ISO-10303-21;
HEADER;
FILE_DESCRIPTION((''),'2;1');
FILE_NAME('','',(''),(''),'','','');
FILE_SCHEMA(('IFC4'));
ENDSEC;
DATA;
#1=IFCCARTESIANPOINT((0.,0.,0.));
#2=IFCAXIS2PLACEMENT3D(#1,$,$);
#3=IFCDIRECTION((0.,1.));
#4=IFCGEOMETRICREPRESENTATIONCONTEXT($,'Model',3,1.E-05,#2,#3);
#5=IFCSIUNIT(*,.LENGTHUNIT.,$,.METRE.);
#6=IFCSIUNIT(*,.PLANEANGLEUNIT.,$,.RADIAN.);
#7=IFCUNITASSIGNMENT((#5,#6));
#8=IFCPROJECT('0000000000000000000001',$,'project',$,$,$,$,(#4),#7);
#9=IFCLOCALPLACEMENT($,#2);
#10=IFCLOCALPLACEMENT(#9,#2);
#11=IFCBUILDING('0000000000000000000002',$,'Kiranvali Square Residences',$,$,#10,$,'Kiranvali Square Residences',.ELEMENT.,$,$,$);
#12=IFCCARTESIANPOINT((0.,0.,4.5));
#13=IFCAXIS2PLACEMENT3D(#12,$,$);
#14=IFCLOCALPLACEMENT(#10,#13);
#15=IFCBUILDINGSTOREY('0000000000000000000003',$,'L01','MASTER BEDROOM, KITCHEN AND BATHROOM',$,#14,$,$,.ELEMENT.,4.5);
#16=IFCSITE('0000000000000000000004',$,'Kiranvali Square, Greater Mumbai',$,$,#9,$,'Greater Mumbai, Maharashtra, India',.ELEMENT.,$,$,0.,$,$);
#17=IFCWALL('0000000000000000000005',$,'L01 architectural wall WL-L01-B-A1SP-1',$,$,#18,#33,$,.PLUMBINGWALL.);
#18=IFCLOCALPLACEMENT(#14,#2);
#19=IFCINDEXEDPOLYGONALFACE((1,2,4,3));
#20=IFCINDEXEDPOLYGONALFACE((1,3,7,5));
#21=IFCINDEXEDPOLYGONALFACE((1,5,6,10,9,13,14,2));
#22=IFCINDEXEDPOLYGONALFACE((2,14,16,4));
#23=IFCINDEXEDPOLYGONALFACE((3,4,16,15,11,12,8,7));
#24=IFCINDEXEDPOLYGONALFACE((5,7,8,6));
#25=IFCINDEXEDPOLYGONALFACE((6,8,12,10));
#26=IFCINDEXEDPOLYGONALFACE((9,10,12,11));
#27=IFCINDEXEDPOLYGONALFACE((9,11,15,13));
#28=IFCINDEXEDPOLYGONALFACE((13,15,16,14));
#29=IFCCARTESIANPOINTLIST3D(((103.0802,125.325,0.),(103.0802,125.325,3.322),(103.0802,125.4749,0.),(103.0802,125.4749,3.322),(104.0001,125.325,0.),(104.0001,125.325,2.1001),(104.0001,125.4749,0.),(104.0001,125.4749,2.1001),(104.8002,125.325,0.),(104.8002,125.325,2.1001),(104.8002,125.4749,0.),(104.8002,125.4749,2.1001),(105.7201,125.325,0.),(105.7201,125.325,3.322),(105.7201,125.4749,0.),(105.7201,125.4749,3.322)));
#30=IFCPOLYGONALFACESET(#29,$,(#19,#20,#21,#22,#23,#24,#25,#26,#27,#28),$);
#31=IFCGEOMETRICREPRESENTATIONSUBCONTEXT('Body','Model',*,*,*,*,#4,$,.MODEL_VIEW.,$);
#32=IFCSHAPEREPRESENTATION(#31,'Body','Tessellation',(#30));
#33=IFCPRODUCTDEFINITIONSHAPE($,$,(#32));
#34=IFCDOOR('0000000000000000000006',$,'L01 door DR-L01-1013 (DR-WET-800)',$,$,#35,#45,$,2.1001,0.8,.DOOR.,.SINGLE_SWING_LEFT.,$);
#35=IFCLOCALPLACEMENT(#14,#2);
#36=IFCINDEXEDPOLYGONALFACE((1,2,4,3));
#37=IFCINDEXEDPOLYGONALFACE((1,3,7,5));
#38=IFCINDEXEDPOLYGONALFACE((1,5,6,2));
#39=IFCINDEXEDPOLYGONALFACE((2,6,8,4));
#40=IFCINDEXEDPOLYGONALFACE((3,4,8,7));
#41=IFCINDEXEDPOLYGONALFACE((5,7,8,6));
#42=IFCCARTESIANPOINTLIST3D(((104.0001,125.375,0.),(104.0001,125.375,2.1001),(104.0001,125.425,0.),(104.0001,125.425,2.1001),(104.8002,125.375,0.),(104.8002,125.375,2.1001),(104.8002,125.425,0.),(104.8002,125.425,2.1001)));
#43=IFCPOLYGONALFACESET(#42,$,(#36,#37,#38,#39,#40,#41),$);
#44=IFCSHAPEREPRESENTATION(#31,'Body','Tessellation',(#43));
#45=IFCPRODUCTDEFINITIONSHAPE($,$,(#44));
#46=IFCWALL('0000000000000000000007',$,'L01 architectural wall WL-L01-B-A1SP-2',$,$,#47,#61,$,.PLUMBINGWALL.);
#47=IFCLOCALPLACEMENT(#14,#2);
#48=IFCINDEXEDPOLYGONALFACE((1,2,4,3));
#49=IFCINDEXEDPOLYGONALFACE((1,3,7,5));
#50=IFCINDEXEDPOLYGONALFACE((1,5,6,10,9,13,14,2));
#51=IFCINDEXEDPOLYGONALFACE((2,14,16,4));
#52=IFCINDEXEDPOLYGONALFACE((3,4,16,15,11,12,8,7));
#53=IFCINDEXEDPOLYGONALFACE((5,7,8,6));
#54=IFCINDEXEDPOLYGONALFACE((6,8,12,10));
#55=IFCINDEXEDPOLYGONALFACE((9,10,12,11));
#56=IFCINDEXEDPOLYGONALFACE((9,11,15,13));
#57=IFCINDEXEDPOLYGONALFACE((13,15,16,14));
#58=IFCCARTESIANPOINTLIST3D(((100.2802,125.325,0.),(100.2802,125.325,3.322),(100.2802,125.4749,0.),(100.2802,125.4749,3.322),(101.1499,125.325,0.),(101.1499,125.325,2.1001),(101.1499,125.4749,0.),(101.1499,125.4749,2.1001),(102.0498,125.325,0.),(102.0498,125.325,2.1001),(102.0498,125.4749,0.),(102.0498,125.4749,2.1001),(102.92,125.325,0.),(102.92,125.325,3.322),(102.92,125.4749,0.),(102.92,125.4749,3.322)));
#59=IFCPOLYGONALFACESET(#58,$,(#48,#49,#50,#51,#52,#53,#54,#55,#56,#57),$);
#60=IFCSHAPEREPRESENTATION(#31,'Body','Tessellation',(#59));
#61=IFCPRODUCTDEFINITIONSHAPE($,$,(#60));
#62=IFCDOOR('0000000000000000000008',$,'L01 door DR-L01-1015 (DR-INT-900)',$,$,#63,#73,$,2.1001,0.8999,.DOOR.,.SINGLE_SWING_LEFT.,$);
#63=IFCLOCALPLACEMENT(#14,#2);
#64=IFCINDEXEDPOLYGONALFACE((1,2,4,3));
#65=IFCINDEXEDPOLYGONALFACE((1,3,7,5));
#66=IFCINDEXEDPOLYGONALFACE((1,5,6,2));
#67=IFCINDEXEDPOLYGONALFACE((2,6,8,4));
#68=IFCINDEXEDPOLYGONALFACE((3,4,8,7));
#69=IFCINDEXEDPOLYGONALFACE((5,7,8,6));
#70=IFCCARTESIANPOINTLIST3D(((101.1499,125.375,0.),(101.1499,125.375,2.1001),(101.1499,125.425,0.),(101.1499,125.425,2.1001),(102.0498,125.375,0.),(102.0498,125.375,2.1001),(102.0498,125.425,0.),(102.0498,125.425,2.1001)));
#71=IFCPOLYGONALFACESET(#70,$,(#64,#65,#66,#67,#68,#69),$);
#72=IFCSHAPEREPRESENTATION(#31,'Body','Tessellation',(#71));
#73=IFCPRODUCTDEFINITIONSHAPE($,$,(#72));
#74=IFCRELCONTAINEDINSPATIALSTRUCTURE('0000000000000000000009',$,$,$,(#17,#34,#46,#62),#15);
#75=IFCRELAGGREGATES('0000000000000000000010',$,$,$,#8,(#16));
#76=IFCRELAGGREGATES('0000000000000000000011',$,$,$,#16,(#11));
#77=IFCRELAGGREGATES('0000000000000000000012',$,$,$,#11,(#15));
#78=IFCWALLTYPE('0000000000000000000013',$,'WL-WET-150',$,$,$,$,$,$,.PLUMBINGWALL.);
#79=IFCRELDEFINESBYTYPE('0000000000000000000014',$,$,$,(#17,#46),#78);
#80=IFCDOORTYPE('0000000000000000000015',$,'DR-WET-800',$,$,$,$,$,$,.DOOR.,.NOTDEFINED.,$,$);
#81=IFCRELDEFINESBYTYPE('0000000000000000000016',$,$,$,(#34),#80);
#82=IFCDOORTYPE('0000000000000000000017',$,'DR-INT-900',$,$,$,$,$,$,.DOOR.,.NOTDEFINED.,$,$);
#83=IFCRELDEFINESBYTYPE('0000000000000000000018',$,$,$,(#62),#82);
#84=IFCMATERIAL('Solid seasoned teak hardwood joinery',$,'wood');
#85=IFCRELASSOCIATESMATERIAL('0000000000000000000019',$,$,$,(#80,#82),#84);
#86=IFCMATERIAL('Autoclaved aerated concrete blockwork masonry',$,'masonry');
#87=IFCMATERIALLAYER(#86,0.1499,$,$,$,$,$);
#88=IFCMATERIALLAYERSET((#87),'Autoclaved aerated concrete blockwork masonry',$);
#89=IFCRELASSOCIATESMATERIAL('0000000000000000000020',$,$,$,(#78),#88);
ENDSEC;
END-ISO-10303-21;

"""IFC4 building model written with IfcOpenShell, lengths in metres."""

from ifc_helpers import new_model, si_unit, direction, frame, frame_2d, origin, place, context, subcontext, project, spatial, rectangle, extrude, material, layer, layer_set, type_object, element, fill, save


model = new_model("IFC4")

# Units and contexts
model_context = context("Model", 3, precision=1e-05, world=origin(), true_north=direction((0.0, 1.0)))
body_context = subcontext(model_context, "Body", "Model", "MODEL_VIEW")
ifc_project = project(units=[si_unit("LENGTHUNIT", "METRE"), si_unit("PLANEANGLEUNIT", "RADIAN")], contexts=[model_context])

# Site, building, storey
site_placement = place(None, origin())
site = spatial("IfcSite", under=ifc_project, at=site_placement, Name="Kiranvali Square, Greater Mumbai", LongName="Greater Mumbai, Maharashtra, India", CompositionType="ELEMENT", RefElevation=0.0)
building_placement = place(site_placement, origin())
building = spatial("IfcBuilding", under=site, at=building_placement, Name="Kiranvali Square Residences", LongName="Kiranvali Square Residences", CompositionType="ELEMENT")
storey_placement = place(building_placement, frame((0.0, 0.0, 4.5)))
storey = spatial("IfcBuildingStorey", under=building, at=storey_placement, Name="L01", Description="MASTER BEDROOM, KITCHEN AND BATHROOM", CompositionType="ELEMENT", Elevation=4.5)

# Shared definitions
ifc_material_1 = material(Name="Autoclaved aerated concrete blockwork masonry", Category="masonry")

# Walls, openings, doors
ifc_material_2 = material(Name="Solid seasoned teak hardwood joinery", Category="wood")
door_type_1 = type_object("IfcDoorType", Name="DR-WET-800", OperationType="NOTDEFINED", PredefinedType="DOOR", material=ifc_material_2)
ifc_layer_1 = layer(ifc_material_1, 0.1499)
ifc_layer_set_1 = layer_set([ifc_layer_1], Name="Autoclaved aerated concrete blockwork masonry")
wall_type_1 = type_object("IfcWallType", Name="WL-WET-150", PredefinedType="PLUMBINGWALL", material=ifc_layer_set_1)
wall_1_placement = place(storey_placement, frame((105.72, 125.3999, 0.0), z_axis=(0.0, 0.0, 1.0), x_axis=(-1.0, 0.0, 0.0)))
wall_1 = element("IfcWall", 1, at=wall_1_placement, inside=storey, type_object=wall_type_1, Name="L01 architectural wall WL-L01-B-A1SP-1", PredefinedType="PLUMBINGWALL", context=body_context, shape_type="SweptSolid", body=[
    extrude(rectangle(XDim=2.6399, YDim=0.1499, at=frame_2d((1.3198, 0.0))), origin(), (0.0, 0.0, 1.0), 3.322),
])
opening_1_placement = place(wall_1_placement, frame((0.9199, 0.0, 0.0)))
opening_1 = element("IfcOpeningElement", 2, at=opening_1_placement, cuts=wall_1, PredefinedType="OPENING", context=body_context, shape_type="SweptSolid", body=[
    extrude(rectangle(XDim=0.8, YDim=2.1001, at=frame_2d((0.3999, 1.05))), frame((0.0, 0.085, 0.0), z_axis=(0.0, -1.0, 0.0), x_axis=(1.0, 0.0, 0.0)), (0.0, 0.0, 1.0), 0.1699),
])
door_1_placement = place(opening_1_placement, origin())
door_1 = element("IfcDoor", 3, at=door_1_placement, inside=storey, type_object=door_type_1, Name="L01 door DR-L01-1013 (DR-WET-800)", OperationType="SINGLE_SWING_LEFT", OverallHeight=2.1001, OverallWidth=0.8, PredefinedType="DOOR", context=body_context, shape_type="SweptSolid", body=[
    extrude(rectangle(XDim=0.8, YDim=2.1001, at=frame_2d((0.3999, 1.05))), frame((0.0, 0.0249, 0.0), z_axis=(0.0, -1.0, 0.0), x_axis=(1.0, 0.0, 0.0)), (0.0, 0.0, 1.0), 0.05),
])
fill(opening_1, door_1)
wall_2_placement = place(storey_placement, frame((102.9199, 125.3999, 0.0), z_axis=(0.0, 0.0, 1.0), x_axis=(-1.0, 0.0, 0.0)))
wall_2 = element("IfcWall", 4, at=wall_2_placement, inside=storey, type_object=wall_type_1, Name="L01 architectural wall WL-L01-B-A1SP-2", PredefinedType="PLUMBINGWALL", context=body_context, shape_type="SweptSolid", body=[
    extrude(rectangle(XDim=2.6399, YDim=0.1499, at=frame_2d((1.3198, 0.0))), origin(), (0.0, 0.0, 1.0), 3.322),
])
opening_2_placement = place(wall_2_placement, frame((0.8701, 0.0, 0.0)))
opening_2 = element("IfcOpeningElement", 5, at=opening_2_placement, cuts=wall_2, PredefinedType="OPENING", context=body_context, shape_type="SweptSolid", body=[
    extrude(rectangle(XDim=0.8999, YDim=2.1001, at=frame_2d((0.45, 1.05))), frame((0.0, 0.085, 0.0), z_axis=(0.0, -1.0, 0.0), x_axis=(1.0, 0.0, 0.0)), (0.0, 0.0, 1.0), 0.1699),
])
door_type_2 = type_object("IfcDoorType", Name="DR-INT-900", OperationType="NOTDEFINED", PredefinedType="DOOR", material=ifc_material_2)
door_2_placement = place(opening_2_placement, origin())
door_2 = element("IfcDoor", 6, at=door_2_placement, inside=storey, type_object=door_type_2, Name="L01 door DR-L01-1015 (DR-INT-900)", OperationType="SINGLE_SWING_LEFT", OverallHeight=2.1001, OverallWidth=0.8999, PredefinedType="DOOR", context=body_context, shape_type="SweptSolid", body=[
    extrude(rectangle(XDim=0.8999, YDim=2.1001, at=frame_2d((0.45, 1.05))), frame((0.0, 0.0249, 0.0), z_axis=(0.0, -1.0, 0.0), x_axis=(1.0, 0.0, 0.0)), (0.0, 0.0, 1.0), 0.05),
])
fill(opening_2, door_2)

save(model, "model.ifc")
